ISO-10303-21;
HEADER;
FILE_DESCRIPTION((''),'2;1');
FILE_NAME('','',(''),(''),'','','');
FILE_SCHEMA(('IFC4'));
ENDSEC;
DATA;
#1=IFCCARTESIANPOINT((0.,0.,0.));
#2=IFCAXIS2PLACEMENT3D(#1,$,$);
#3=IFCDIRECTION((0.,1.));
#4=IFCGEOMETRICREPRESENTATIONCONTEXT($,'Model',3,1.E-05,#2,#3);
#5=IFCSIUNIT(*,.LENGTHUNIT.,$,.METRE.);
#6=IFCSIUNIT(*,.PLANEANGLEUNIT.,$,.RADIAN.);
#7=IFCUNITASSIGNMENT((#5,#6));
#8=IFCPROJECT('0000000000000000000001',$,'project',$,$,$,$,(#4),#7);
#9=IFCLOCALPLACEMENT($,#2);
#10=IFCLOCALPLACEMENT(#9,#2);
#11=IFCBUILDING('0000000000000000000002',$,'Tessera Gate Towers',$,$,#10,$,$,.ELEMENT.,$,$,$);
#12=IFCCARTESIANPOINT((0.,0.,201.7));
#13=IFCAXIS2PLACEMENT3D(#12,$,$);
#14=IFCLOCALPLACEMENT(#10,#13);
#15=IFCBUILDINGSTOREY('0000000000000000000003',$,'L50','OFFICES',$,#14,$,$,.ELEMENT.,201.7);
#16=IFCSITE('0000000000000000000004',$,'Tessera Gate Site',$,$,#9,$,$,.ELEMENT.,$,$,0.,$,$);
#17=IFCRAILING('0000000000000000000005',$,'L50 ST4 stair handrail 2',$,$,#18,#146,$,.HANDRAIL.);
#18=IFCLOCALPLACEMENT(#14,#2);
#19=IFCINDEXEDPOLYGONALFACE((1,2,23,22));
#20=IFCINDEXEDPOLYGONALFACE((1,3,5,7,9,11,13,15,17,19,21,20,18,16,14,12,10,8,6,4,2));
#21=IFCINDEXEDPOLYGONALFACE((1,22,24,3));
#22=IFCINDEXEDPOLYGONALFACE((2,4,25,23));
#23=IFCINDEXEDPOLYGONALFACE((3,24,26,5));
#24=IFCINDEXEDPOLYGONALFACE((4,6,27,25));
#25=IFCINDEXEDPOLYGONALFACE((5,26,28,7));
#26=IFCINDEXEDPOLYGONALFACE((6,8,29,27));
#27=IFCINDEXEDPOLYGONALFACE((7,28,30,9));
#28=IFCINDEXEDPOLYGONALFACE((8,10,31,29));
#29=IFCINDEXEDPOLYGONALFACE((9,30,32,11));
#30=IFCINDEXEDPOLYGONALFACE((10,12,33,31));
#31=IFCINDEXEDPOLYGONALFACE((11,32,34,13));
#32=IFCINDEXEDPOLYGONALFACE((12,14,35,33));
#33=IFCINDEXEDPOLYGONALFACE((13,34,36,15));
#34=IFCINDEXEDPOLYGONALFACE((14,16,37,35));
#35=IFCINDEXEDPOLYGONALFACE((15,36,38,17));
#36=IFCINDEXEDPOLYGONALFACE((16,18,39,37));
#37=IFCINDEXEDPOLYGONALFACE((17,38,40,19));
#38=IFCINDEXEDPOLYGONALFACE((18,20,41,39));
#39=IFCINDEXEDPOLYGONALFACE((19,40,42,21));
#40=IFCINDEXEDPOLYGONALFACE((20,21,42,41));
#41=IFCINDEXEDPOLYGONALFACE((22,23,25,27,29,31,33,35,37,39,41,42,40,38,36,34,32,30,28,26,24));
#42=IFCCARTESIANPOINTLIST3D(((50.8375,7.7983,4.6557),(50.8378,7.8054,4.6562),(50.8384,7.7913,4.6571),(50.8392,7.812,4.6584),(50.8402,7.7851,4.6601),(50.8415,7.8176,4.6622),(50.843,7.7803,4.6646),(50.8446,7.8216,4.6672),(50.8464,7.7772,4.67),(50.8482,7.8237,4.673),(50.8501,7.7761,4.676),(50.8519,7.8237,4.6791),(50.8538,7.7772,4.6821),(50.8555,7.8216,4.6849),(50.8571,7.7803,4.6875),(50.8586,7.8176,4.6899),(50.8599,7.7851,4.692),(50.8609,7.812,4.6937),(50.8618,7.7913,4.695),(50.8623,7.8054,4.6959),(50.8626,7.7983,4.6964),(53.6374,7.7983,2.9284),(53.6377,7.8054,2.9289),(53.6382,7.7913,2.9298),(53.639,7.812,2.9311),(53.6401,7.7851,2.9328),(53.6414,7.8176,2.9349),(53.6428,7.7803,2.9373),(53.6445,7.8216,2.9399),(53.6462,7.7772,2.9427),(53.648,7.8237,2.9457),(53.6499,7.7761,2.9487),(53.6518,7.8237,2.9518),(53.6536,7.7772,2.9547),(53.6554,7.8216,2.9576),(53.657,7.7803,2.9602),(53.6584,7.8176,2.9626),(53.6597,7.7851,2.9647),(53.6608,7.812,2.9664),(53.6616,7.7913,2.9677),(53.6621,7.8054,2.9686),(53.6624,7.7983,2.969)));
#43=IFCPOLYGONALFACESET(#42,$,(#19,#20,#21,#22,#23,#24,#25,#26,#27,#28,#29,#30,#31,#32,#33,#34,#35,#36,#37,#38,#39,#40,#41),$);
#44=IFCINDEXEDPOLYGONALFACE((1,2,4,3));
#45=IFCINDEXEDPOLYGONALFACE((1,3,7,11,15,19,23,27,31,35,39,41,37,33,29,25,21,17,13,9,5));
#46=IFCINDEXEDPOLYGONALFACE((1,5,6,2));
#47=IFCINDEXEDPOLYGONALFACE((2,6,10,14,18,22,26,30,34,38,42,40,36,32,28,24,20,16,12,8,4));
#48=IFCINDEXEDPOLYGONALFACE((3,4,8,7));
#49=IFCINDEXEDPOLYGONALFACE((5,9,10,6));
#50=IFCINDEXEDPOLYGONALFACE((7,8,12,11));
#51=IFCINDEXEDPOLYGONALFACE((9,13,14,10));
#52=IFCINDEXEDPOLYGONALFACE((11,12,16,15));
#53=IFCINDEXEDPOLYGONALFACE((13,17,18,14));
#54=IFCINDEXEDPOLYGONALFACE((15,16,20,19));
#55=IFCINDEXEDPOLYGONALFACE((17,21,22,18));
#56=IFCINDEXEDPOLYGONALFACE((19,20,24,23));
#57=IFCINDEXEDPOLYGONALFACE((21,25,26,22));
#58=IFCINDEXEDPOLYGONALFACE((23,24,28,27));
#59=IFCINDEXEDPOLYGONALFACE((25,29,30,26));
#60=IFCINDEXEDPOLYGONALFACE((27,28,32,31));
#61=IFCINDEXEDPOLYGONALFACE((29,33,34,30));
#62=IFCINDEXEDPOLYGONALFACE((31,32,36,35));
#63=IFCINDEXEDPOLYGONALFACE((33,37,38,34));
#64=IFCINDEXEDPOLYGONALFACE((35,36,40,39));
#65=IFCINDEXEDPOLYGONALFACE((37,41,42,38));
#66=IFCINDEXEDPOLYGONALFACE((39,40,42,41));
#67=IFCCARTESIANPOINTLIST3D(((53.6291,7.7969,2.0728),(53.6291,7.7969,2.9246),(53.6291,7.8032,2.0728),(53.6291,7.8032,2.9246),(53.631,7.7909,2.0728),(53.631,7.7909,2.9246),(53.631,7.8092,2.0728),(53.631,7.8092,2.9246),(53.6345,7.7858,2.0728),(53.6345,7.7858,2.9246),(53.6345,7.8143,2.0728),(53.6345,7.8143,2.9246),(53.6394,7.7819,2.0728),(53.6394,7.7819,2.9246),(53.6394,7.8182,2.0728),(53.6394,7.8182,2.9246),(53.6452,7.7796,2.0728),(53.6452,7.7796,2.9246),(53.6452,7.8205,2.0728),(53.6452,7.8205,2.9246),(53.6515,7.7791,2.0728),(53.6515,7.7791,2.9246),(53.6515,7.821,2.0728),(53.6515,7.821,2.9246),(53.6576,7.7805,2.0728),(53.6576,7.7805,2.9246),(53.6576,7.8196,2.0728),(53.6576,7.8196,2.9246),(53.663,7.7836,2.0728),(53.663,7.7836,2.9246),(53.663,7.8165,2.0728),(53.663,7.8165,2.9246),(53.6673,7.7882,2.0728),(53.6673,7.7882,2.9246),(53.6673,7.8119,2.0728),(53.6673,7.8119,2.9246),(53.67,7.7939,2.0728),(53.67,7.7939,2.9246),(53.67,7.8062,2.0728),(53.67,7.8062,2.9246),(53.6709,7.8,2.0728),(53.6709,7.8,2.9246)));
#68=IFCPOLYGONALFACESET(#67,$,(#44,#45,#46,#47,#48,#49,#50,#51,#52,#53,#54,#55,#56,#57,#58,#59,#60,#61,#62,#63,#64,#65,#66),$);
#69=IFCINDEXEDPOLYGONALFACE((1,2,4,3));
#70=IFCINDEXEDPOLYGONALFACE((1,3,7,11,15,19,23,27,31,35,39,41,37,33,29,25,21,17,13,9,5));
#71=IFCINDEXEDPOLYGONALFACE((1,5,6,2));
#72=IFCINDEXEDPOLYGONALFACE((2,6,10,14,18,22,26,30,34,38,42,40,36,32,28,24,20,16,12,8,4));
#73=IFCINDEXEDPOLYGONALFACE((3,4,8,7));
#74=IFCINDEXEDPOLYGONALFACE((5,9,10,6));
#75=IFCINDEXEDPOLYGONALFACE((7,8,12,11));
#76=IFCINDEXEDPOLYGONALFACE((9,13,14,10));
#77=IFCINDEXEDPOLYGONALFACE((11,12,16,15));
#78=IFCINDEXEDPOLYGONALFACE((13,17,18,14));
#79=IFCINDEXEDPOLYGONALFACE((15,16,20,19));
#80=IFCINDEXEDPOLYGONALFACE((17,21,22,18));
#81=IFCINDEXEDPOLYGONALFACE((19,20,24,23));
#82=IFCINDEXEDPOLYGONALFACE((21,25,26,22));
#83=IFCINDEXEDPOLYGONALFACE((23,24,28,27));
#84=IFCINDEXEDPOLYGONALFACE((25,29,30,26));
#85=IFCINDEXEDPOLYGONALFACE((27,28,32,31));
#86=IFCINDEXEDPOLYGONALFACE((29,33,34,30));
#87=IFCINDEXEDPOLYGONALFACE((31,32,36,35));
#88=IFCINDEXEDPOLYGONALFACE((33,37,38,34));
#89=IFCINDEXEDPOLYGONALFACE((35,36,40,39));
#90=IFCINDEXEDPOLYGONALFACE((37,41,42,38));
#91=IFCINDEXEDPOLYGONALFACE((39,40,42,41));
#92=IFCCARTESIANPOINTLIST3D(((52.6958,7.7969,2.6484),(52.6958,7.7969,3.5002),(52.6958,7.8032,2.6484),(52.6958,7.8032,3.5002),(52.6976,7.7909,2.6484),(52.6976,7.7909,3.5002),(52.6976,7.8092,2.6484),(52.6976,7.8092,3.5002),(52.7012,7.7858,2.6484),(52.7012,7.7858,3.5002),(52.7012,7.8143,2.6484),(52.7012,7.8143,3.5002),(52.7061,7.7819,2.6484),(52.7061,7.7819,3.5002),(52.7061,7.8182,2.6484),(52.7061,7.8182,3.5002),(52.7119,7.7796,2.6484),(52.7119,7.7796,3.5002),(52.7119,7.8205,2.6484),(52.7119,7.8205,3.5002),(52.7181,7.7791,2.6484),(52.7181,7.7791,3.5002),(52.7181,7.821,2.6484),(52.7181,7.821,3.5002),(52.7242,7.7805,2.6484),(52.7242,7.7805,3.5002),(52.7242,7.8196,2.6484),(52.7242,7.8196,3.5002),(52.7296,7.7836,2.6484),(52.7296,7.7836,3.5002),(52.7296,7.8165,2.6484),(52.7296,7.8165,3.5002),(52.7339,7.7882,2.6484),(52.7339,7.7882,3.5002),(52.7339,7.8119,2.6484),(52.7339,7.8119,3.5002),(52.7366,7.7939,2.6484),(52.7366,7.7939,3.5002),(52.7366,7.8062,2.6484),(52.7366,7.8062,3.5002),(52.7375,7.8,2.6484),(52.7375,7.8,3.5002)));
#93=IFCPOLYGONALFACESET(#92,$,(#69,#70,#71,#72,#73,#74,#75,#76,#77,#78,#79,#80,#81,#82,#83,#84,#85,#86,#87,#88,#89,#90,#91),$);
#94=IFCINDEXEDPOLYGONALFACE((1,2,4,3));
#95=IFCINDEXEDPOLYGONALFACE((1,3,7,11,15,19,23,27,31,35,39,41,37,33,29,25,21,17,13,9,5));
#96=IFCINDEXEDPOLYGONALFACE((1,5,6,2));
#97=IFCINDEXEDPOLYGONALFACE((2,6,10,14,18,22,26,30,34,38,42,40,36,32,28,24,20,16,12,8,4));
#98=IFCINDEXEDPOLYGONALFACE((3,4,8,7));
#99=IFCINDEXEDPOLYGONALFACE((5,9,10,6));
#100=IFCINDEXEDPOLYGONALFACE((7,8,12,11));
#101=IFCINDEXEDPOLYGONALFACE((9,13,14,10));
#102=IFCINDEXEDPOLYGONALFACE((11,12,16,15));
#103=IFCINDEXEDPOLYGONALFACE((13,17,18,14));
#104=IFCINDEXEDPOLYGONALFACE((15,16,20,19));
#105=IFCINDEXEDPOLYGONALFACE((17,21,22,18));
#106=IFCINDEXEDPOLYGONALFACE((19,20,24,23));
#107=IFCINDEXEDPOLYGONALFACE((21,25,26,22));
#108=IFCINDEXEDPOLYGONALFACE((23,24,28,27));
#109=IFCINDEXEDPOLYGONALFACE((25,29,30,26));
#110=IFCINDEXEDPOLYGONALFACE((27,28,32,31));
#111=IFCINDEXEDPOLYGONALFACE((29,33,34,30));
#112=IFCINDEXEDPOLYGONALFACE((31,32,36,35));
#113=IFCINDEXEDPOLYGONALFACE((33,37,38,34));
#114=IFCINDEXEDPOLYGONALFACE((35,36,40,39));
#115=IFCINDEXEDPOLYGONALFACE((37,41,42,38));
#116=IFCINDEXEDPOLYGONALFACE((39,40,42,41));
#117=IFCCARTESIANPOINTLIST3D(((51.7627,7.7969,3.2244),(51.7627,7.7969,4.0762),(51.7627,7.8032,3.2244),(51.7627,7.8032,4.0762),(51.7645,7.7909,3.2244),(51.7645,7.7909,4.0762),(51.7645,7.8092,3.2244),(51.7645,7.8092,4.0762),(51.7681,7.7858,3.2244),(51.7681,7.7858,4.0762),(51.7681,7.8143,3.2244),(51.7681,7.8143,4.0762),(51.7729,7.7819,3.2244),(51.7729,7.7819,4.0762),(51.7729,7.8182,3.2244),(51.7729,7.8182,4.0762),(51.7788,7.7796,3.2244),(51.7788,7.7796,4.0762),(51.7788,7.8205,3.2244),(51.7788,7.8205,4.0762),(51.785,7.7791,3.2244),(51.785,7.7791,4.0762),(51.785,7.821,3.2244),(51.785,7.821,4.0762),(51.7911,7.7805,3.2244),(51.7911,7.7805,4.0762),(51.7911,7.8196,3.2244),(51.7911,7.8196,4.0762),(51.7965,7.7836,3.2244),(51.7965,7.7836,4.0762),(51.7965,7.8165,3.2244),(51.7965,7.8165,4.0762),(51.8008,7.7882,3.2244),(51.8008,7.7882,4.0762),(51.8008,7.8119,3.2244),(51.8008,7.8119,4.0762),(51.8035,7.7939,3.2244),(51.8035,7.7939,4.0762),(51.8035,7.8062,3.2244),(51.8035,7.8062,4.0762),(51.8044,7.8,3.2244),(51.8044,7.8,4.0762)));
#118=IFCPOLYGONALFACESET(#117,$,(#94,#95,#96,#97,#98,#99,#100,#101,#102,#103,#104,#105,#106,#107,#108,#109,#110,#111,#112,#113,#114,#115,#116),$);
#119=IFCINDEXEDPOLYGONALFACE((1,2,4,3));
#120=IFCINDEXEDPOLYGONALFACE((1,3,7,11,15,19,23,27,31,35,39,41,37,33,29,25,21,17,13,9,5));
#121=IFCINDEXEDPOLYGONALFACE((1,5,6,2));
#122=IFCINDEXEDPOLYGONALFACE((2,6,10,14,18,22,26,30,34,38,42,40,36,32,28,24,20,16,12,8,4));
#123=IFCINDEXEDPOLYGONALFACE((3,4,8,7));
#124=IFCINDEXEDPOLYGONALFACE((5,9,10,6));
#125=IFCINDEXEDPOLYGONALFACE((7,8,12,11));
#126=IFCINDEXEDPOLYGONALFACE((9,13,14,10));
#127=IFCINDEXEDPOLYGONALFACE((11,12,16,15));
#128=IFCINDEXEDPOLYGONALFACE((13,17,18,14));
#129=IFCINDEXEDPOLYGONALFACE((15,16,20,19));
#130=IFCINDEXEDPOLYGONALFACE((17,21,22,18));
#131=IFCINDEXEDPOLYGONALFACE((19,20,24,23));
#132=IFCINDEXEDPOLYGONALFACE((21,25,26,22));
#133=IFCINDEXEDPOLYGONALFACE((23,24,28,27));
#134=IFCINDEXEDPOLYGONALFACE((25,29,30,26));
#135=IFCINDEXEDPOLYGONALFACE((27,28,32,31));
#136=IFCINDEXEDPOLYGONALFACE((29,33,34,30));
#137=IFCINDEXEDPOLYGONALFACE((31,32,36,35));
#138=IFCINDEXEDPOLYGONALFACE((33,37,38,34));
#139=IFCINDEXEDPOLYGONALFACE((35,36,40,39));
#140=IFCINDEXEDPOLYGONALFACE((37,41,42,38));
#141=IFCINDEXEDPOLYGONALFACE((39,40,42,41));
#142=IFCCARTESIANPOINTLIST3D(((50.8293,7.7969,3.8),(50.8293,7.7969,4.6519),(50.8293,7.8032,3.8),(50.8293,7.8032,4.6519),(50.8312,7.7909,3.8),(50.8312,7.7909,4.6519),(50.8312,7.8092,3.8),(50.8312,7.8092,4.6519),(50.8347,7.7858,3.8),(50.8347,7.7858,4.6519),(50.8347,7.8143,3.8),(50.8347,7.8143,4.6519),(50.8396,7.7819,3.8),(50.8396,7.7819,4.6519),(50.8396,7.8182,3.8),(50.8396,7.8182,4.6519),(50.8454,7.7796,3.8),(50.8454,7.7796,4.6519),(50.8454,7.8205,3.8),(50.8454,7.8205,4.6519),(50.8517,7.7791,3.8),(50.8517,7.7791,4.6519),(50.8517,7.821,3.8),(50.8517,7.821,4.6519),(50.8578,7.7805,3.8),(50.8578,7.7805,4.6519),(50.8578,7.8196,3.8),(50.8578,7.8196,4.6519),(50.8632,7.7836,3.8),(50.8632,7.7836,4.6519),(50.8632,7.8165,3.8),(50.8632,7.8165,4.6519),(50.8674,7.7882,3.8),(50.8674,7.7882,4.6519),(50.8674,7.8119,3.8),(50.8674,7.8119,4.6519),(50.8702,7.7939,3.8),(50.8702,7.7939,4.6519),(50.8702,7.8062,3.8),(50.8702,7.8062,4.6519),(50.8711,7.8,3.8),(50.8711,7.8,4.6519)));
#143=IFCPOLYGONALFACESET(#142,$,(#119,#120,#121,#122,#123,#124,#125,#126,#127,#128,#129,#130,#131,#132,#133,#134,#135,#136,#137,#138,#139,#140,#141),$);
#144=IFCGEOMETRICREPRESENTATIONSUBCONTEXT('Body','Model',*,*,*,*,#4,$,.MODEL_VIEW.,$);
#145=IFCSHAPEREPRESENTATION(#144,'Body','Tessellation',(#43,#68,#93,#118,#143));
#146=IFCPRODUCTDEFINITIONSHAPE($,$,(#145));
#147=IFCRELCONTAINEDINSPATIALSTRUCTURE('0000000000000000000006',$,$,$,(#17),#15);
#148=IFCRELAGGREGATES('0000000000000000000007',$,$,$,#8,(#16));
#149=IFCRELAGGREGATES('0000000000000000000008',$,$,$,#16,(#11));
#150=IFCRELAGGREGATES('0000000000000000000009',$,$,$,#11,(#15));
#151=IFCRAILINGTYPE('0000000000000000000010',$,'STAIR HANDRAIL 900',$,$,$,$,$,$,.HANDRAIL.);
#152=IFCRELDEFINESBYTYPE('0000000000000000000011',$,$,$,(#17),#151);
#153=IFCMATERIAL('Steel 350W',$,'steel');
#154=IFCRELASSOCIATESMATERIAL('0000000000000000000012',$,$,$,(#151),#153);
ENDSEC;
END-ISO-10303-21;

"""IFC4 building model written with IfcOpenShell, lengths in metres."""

from ifc_helpers import new_model, si_unit, direction, frame, origin, origin_2d, place, context, subcontext, project, spatial, circle, extrude, material, type_object, element, save


model = new_model("IFC4")

# Units and contexts
model_context = context("Model", 3, precision=1e-05, world=origin(), true_north=direction((0.0, 1.0)))
body_context = subcontext(model_context, "Body", "Model", "MODEL_VIEW")
ifc_project = project(units=[si_unit("LENGTHUNIT", "METRE"), si_unit("PLANEANGLEUNIT", "RADIAN")], contexts=[model_context])

# Site, building, storey
site_placement = place(None, origin())
site = spatial("IfcSite", under=ifc_project, at=site_placement, Name="Tessera Gate Site", CompositionType="ELEMENT", RefElevation=0.0)
building_placement = place(site_placement, origin())
building = spatial("IfcBuilding", under=site, at=building_placement, Name="Tessera Gate Towers", CompositionType="ELEMENT")
storey_placement = place(building_placement, frame((0.0, 0.0, 201.7)))
storey = spatial("IfcBuildingStorey", under=building, at=storey_placement, Name="L50", Description="OFFICES", CompositionType="ELEMENT", Elevation=201.7)

# Railing
ifc_material_1 = material(Name="Steel 350W", Category="steel")
railing_type_1 = type_object("IfcRailingType", Name="STAIR HANDRAIL 900", PredefinedType="HANDRAIL", material=ifc_material_1)
railing_1_placement = place(storey_placement, frame((53.6499, 7.8, 2.0728)))
element("IfcRailing", 1, at=railing_1_placement, inside=storey, type_object=railing_type_1, Name="L50 ST4 stair handrail 2", PredefinedType="HANDRAIL", context=body_context, shape_type="SweptSolid", body=[
    extrude(circle(Radius=0.0239, at=origin_2d()), frame((0.0, 0.0, 0.876), z_axis=(-0.851069, 0.0, 0.525054), x_axis=(0.0, -1.0, 0.0)), (0.0, 0.0, 1.0), 3.2898),
    extrude(circle(Radius=0.021, at=origin_2d()), origin(), (0.0, 0.0, 1.0), 0.8518),
    extrude(circle(Radius=0.021, at=origin_2d()), frame((-0.9333, 0.0, 0.5757)), (0.0, 0.0, 1.0), 0.8518),
    extrude(circle(Radius=0.021, at=origin_2d()), frame((-1.8665, 0.0, 1.1516)), (0.0, 0.0, 1.0), 0.8518),
    extrude(circle(Radius=0.021, at=origin_2d()), frame((-2.7998, 0.0, 1.7273)), (0.0, 0.0, 1.0), 0.8518),
])

save(model, "model.ifc")
